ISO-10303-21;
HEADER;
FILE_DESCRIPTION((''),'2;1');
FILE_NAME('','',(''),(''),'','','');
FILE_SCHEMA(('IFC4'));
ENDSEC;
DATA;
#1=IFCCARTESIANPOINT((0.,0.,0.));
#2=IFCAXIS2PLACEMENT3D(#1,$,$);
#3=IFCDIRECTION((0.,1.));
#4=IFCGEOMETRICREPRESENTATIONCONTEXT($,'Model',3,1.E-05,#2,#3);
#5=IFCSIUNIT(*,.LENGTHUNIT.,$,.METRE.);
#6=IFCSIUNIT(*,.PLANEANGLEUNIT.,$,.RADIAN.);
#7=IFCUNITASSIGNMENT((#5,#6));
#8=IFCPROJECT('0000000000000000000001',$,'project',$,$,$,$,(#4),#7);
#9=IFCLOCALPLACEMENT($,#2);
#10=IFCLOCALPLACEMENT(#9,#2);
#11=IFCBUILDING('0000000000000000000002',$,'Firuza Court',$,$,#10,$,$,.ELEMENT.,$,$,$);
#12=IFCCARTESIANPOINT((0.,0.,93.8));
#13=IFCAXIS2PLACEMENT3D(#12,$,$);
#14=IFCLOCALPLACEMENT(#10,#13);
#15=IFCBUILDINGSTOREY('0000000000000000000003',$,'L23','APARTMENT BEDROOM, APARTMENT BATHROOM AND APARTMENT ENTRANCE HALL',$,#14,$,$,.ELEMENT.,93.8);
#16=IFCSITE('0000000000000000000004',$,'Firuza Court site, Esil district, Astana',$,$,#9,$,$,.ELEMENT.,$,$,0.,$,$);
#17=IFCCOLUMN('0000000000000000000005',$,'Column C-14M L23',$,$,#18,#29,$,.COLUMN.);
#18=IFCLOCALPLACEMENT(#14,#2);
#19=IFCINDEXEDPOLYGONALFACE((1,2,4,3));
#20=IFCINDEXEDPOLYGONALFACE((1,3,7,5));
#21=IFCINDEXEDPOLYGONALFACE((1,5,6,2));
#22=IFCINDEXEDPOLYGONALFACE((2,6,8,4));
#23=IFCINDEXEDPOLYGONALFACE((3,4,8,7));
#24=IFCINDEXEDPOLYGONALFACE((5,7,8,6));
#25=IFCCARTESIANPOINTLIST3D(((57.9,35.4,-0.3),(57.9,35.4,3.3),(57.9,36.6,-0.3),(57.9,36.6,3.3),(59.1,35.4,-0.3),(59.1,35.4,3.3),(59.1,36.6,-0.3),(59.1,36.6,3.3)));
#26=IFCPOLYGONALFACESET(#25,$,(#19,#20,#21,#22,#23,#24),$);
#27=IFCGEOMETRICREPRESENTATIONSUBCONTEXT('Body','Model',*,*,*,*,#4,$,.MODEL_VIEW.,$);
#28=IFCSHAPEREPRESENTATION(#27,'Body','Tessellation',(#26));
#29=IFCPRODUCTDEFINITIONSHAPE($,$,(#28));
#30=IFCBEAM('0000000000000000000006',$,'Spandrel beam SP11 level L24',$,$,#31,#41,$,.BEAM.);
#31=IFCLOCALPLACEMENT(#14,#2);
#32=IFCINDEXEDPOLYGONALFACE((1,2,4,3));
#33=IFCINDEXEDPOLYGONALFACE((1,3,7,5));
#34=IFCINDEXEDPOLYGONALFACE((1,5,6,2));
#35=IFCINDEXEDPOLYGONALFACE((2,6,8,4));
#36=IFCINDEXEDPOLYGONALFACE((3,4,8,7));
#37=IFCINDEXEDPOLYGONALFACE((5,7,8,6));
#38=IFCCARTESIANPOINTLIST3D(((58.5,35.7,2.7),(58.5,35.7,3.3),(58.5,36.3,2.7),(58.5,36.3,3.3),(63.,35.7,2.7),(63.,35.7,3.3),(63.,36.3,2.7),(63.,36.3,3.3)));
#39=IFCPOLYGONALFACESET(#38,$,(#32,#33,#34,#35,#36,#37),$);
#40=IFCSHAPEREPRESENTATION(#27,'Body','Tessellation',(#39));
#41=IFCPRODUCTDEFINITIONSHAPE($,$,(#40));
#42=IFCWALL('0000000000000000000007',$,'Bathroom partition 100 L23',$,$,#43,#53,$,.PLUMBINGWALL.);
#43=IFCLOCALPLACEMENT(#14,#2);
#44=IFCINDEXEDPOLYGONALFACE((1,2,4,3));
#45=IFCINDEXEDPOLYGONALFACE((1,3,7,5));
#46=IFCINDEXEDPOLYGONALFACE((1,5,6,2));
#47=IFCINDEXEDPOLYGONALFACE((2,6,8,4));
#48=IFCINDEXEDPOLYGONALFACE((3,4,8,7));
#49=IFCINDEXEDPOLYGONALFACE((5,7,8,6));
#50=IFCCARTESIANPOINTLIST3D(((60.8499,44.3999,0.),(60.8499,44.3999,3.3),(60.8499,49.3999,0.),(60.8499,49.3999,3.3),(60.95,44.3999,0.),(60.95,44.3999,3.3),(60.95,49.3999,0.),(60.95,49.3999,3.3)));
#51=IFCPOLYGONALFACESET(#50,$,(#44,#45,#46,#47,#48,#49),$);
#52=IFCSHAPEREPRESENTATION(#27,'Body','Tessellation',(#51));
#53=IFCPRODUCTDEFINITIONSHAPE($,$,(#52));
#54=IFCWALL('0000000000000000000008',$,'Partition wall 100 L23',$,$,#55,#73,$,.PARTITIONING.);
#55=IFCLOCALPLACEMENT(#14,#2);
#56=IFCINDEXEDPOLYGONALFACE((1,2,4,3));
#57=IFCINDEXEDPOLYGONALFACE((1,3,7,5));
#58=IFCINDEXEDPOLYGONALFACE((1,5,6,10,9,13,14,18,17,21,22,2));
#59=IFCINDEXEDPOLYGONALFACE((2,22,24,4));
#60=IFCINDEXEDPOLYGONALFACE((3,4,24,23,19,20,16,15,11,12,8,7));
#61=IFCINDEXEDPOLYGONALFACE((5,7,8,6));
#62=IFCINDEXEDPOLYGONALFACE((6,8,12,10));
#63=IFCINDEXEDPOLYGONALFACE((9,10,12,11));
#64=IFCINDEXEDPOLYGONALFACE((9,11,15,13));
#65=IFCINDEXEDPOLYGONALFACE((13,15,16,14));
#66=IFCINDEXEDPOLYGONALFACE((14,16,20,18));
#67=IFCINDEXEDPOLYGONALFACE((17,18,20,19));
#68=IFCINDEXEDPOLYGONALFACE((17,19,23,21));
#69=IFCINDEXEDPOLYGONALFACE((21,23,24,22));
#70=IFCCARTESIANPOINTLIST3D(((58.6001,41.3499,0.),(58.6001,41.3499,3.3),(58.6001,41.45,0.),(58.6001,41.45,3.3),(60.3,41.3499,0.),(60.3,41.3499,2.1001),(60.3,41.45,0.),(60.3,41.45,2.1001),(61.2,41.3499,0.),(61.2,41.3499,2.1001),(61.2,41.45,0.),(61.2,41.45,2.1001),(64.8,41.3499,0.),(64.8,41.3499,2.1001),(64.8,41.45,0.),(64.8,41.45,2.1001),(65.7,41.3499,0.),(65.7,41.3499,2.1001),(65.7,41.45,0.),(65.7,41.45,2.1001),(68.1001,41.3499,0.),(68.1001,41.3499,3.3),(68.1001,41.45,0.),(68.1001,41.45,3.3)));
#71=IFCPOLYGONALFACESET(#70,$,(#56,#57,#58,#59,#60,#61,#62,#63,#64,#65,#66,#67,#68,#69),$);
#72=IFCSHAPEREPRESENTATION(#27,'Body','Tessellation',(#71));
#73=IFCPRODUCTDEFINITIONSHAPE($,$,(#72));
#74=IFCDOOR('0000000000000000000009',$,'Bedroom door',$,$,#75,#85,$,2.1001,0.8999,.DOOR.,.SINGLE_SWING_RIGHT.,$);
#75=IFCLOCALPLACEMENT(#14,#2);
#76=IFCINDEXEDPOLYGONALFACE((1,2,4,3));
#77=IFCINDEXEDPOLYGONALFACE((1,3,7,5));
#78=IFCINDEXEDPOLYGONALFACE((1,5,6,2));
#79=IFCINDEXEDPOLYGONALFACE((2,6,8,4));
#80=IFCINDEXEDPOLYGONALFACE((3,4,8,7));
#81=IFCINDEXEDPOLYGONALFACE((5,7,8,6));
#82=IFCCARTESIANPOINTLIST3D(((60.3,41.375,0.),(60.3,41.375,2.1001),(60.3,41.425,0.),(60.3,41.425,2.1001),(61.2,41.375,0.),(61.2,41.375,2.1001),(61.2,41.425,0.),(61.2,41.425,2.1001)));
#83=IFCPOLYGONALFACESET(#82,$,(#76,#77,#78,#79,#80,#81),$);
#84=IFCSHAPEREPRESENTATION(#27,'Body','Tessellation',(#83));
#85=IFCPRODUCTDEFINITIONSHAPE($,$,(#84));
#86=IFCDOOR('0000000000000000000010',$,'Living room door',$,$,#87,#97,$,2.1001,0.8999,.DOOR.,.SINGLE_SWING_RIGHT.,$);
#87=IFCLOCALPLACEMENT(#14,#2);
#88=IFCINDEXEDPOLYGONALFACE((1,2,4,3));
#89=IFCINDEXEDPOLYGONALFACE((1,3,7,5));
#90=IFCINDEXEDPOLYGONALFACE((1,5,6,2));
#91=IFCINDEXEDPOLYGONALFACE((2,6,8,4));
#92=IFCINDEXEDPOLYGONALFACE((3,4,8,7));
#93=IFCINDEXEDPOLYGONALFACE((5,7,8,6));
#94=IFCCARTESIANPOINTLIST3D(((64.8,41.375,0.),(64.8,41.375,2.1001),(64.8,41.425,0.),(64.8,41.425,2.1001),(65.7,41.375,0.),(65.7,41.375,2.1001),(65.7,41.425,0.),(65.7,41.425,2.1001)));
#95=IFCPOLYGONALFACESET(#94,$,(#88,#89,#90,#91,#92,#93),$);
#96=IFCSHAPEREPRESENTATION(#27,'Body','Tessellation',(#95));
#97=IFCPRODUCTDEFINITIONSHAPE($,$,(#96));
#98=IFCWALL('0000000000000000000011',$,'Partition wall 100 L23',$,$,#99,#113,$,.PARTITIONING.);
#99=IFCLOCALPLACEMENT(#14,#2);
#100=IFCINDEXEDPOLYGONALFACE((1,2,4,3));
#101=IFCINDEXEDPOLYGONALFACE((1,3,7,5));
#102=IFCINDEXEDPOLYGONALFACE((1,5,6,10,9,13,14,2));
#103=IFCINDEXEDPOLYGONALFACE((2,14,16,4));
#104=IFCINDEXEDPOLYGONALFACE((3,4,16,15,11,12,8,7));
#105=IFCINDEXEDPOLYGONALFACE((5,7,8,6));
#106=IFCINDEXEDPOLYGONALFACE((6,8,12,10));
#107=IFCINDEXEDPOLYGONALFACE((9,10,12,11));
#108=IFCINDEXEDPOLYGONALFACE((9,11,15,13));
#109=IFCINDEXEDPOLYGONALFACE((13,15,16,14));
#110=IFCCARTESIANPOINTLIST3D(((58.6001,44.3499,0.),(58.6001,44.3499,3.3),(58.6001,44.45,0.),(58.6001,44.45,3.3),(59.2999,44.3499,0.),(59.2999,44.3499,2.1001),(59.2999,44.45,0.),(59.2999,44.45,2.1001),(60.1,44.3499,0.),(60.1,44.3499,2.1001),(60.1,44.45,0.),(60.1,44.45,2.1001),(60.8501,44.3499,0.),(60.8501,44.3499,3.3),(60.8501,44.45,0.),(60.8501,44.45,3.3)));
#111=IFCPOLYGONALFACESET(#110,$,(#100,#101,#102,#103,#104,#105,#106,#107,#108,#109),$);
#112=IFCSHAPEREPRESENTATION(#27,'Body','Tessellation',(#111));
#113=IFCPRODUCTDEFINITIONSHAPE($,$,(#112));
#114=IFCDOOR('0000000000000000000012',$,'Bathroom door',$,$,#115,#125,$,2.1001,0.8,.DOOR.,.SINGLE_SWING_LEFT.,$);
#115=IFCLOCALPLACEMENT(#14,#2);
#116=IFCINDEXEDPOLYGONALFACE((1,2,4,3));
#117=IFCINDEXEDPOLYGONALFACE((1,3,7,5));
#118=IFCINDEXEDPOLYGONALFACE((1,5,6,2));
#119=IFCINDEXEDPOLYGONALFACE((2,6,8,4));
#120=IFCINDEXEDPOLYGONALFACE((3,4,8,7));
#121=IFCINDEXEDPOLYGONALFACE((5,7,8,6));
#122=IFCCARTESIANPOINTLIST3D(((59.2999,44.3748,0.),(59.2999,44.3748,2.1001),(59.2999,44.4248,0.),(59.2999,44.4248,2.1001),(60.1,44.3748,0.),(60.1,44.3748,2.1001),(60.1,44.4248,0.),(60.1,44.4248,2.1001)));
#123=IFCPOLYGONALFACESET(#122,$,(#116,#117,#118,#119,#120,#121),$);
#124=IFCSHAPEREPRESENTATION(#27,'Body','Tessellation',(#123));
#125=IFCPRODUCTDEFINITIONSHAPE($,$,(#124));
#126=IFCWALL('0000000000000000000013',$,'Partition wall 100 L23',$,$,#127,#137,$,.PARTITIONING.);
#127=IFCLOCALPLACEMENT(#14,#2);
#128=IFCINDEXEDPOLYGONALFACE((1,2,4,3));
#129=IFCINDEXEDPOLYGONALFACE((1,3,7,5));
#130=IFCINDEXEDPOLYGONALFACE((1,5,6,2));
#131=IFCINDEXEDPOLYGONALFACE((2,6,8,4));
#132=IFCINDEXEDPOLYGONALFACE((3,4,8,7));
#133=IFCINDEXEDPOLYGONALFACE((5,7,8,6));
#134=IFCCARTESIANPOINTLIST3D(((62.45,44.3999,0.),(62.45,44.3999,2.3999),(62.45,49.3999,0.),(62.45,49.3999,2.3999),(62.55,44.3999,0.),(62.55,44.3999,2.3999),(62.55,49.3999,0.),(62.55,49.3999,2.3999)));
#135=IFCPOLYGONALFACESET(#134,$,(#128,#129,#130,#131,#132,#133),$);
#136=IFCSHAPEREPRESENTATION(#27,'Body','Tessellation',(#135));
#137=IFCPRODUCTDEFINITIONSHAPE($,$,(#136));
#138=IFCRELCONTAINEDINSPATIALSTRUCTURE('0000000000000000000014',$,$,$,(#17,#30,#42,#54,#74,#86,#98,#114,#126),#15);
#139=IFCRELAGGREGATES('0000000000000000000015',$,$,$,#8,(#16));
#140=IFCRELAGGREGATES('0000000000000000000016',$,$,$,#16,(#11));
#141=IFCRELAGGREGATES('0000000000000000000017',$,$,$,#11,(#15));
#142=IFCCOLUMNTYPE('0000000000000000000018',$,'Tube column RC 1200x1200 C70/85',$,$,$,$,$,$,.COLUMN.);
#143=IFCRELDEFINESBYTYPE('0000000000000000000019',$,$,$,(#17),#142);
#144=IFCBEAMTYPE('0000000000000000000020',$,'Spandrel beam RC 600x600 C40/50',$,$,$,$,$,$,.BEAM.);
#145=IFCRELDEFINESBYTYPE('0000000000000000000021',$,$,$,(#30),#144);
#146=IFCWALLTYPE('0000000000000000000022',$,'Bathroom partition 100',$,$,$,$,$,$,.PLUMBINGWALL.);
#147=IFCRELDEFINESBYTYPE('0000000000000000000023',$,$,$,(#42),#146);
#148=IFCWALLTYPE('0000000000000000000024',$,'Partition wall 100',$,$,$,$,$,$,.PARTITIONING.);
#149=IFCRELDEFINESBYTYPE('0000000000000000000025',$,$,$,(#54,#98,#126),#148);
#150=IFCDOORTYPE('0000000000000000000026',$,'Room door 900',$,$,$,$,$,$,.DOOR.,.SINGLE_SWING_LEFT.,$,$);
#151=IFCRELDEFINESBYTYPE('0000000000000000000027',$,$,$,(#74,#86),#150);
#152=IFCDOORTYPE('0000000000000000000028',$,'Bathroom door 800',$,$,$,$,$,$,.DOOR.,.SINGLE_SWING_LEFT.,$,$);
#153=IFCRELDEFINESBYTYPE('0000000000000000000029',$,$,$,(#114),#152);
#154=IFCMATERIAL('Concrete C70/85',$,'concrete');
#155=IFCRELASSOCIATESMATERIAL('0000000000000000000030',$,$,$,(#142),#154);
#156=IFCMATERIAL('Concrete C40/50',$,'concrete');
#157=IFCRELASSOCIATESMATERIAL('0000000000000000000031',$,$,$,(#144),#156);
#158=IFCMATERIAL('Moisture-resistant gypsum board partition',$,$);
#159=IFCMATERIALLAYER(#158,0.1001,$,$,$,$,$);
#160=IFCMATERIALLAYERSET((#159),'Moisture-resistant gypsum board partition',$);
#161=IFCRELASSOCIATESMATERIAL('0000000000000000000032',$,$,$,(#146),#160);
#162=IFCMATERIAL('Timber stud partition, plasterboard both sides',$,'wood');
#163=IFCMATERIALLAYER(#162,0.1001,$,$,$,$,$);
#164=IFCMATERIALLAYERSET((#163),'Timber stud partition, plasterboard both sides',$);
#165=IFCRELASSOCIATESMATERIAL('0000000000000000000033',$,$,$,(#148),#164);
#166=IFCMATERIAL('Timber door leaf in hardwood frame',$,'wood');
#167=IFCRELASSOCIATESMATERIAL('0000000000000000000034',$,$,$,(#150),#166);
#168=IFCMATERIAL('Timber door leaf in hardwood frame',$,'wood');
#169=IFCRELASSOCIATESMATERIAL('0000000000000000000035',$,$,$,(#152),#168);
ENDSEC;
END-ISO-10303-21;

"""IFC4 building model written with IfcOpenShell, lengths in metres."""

from ifc_helpers import new_model, si_unit, direction, frame, frame_2d, origin, origin_2d, place, context, subcontext, project, spatial, rectangle, extrude, material, layer, layer_set, material_profile, profile_set, type_object, element, fill, save


model = new_model("IFC4")

# Units and contexts
model_context = context("Model", 3, precision=1e-05, world=origin(), true_north=direction((0.0, 1.0)))
body_context = subcontext(model_context, "Body", "Model", "MODEL_VIEW")
ifc_project = project(units=[si_unit("LENGTHUNIT", "METRE"), si_unit("PLANEANGLEUNIT", "RADIAN")], contexts=[model_context])

# Site, building, storey
site_placement = place(None, origin())
site = spatial("IfcSite", under=ifc_project, at=site_placement, Name="Firuza Court site, Esil district, Astana", CompositionType="ELEMENT", RefElevation=0.0)
building_placement = place(site_placement, origin())
building = spatial("IfcBuilding", under=site, at=building_placement, Name="Firuza Court", CompositionType="ELEMENT")
storey_placement = place(building_placement, frame((0.0, 0.0, 93.8)))
storey = spatial("IfcBuildingStorey", under=building, at=storey_placement, Name="L23", Description="APARTMENT BEDROOM, APARTMENT BATHROOM AND APARTMENT ENTRANCE HALL", CompositionType="ELEMENT", Elevation=93.8)

# Column
ifc_material_1 = material(Name="Concrete C70/85", Category="concrete")
ifc_material_profile_1 = material_profile(ifc_material_1, rectangle(XDim=1.2, YDim=1.2, at=origin_2d()), Name="RC 1200x1200")
ifc_profile_set_1 = profile_set([ifc_material_profile_1], Name="Concrete C70/85")
column_type = type_object("IfcColumnType", Name="Tube column RC 1200x1200 C70/85", PredefinedType="COLUMN", material=ifc_profile_set_1)
column_placement = place(storey_placement, frame((58.5, 36.0, -0.3), z_axis=(0.0, 0.0, 1.0), x_axis=(1.0, 0.0, 0.0)))
element("IfcColumn", 1, at=column_placement, inside=storey, type_object=column_type, Name="Column C-14M L23", PredefinedType="COLUMN", context=body_context, shape_type="SweptSolid", body=[
    extrude(rectangle(XDim=1.2, YDim=1.2, at=origin_2d()), origin(), (0.0, 0.0, 1.0), 3.6001),
])

# Beam
ifc_material_2 = material(Name="Concrete C40/50", Category="concrete")
ifc_material_profile_2 = material_profile(ifc_material_2, rectangle(XDim=0.6001, YDim=0.6001, at=origin_2d()), Name="RC 600x600")
ifc_profile_set_2 = profile_set([ifc_material_profile_2], Name="Concrete C40/50")
beam_type = type_object("IfcBeamType", Name="Spandrel beam RC 600x600 C40/50", PredefinedType="BEAM", material=ifc_profile_set_2)
beam_placement = place(storey_placement, frame((58.5, 36.0, 3.0), z_axis=(1.0, 0.0, 0.0), x_axis=(0.0, 1.0, 0.0)))
element("IfcBeam", 2, at=beam_placement, inside=storey, type_object=beam_type, Name="Spandrel beam SP11 level L24", PredefinedType="BEAM", context=body_context, shape_type="SweptSolid", body=[
    extrude(rectangle(XDim=0.6001, YDim=0.6001, at=origin_2d()), origin(), (0.0, 0.0, 1.0), 4.5),
])

# Wall
ifc_material_3 = material(Name="Moisture-resistant gypsum board partition")
ifc_layer_1 = layer(ifc_material_3, 0.1001)
ifc_layer_set_1 = layer_set([ifc_layer_1], Name="Moisture-resistant gypsum board partition")
wall_type_1 = type_object("IfcWallType", Name="Bathroom partition 100", PredefinedType="PLUMBINGWALL", material=ifc_layer_set_1)
wall_1_placement = place(storey_placement, frame((60.8999, 44.3999, 0.0), z_axis=(0.0, 0.0, 1.0), x_axis=(0.0, 1.0, 0.0)))
element("IfcWall", 3, at=wall_1_placement, inside=storey, type_object=wall_type_1, Name="Bathroom partition 100 L23", PredefinedType="PLUMBINGWALL", context=body_context, shape_type="SweptSolid", body=[
    extrude(rectangle(XDim=5.0, YDim=0.1001, at=frame_2d((2.5, 0.0))), origin(), (0.0, 0.0, 1.0), 3.3),
])

# Wall, openings, doors
ifc_material_4 = material(Name="Timber stud partition, plasterboard both sides", Category="wood")
ifc_layer_2 = layer(ifc_material_4, 0.1001)
ifc_layer_set_2 = layer_set([ifc_layer_2], Name="Timber stud partition, plasterboard both sides")
wall_type_2 = type_object("IfcWallType", Name="Partition wall 100", PredefinedType="PARTITIONING", material=ifc_layer_set_2)
wall_2_placement = place(storey_placement, frame((58.6001, 41.3999, 0.0), z_axis=(0.0, 0.0, 1.0), x_axis=(1.0, 0.0, 0.0)))
wall_2 = element("IfcWall", 4, at=wall_2_placement, inside=storey, type_object=wall_type_2, Name="Partition wall 100 L23", PredefinedType="PARTITIONING", context=body_context, shape_type="SweptSolid", body=[
    extrude(rectangle(XDim=9.5, YDim=0.1001, at=frame_2d((4.75, 0.0))), origin(), (0.0, 0.0, 1.0), 3.3),
])
opening_1_placement = place(wall_2_placement, frame((1.7, 0.0, 0.0)))
opening_1 = element("IfcOpeningElement", 5, at=opening_1_placement, cuts=wall_2, PredefinedType="OPENING", context=body_context, shape_type="SweptSolid", body=[
    extrude(rectangle(XDim=0.8999, YDim=2.1001, at=frame_2d((0.45, 1.05))), frame((0.0, 0.062, 0.0), z_axis=(0.0, -1.0, 0.0), x_axis=(1.0, 0.0, 0.0)), (0.0, 0.0, 1.0), 0.124),
])
opening_2_placement = place(wall_2_placement, frame((6.2, 0.0, 0.0)))
opening_2 = element("IfcOpeningElement", 6, at=opening_2_placement, cuts=wall_2, PredefinedType="OPENING", context=body_context, shape_type="SweptSolid", body=[
    extrude(rectangle(XDim=0.8999, YDim=2.1001, at=frame_2d((0.45, 1.05))), frame((0.0, 0.062, 0.0), z_axis=(0.0, -1.0, 0.0), x_axis=(1.0, 0.0, 0.0)), (0.0, 0.0, 1.0), 0.124),
])
ifc_material_5 = material(Name="Timber door leaf in hardwood frame", Category="wood")
door_type_1 = type_object("IfcDoorType", Name="Room door 900", OperationType="SINGLE_SWING_LEFT", PredefinedType="DOOR", material=ifc_material_5)
door_1_placement = place(opening_1_placement, frame((0.8999, 0.0, 0.0), z_axis=(0.0, 0.0, 1.0), x_axis=(-1.0, 0.0, 0.0)))
door_1 = element("IfcDoor", 7, at=door_1_placement, inside=storey, type_object=door_type_1, Name="Bedroom door", OperationType="SINGLE_SWING_RIGHT", OverallHeight=2.1001, OverallWidth=0.8999, PredefinedType="DOOR", context=body_context, shape_type="SweptSolid", body=[
    extrude(rectangle(XDim=0.8999, YDim=2.1001, at=frame_2d((0.45, 1.05))), frame((0.0, 0.0249, 0.0), z_axis=(0.0, -1.0, 0.0), x_axis=(1.0, 0.0, 0.0)), (0.0, 0.0, 1.0), 0.05),
])
fill(opening_1, door_1)
door_2_placement = place(opening_2_placement, frame((0.8999, 0.0, 0.0), z_axis=(0.0, 0.0, 1.0), x_axis=(-1.0, 0.0, 0.0)))
door_2 = element("IfcDoor", 8, at=door_2_placement, inside=storey, type_object=door_type_1, Name="Living room door", OperationType="SINGLE_SWING_RIGHT", OverallHeight=2.1001, OverallWidth=0.8999, PredefinedType="DOOR", context=body_context, shape_type="SweptSolid", body=[
    extrude(rectangle(XDim=0.8999, YDim=2.1001, at=frame_2d((0.45, 1.05))), frame((0.0, 0.0249, 0.0), z_axis=(0.0, -1.0, 0.0), x_axis=(1.0, 0.0, 0.0)), (0.0, 0.0, 1.0), 0.05),
])
fill(opening_2, door_2)

# Wall, opening, door
wall_3_placement = place(storey_placement, frame((58.6001, 44.3999, 0.0), z_axis=(0.0, 0.0, 1.0), x_axis=(1.0, 0.0, 0.0)))
wall_3 = element("IfcWall", 9, at=wall_3_placement, inside=storey, type_object=wall_type_2, Name="Partition wall 100 L23", PredefinedType="PARTITIONING", context=body_context, shape_type="SweptSolid", body=[
    extrude(rectangle(XDim=2.25, YDim=0.1001, at=frame_2d((1.125, 0.0))), origin(), (0.0, 0.0, 1.0), 3.3),
])
opening_3_placement = place(wall_3_placement, frame((0.7, 0.0, 0.0)))
opening_3 = element("IfcOpeningElement", 10, at=opening_3_placement, cuts=wall_3, PredefinedType="OPENING", context=body_context, shape_type="SweptSolid", body=[
    extrude(rectangle(XDim=0.8, YDim=2.1001, at=frame_2d((0.3999, 1.05))), frame((0.0, 0.062, 0.0), z_axis=(0.0, -1.0, 0.0), x_axis=(1.0, 0.0, 0.0)), (0.0, 0.0, 1.0), 0.124),
])
ifc_material_6 = material(Name="Timber door leaf in hardwood frame", Category="wood")
door_type_2 = type_object("IfcDoorType", Name="Bathroom door 800", OperationType="SINGLE_SWING_LEFT", PredefinedType="DOOR", material=ifc_material_6)
door_3_placement = place(opening_3_placement, origin())
door_3 = element("IfcDoor", 11, at=door_3_placement, inside=storey, type_object=door_type_2, Name="Bathroom door", OperationType="SINGLE_SWING_LEFT", OverallHeight=2.1001, OverallWidth=0.8, PredefinedType="DOOR", context=body_context, shape_type="SweptSolid", body=[
    extrude(rectangle(XDim=0.8, YDim=2.1001, at=frame_2d((0.3999, 1.05))), frame((0.0, 0.0249, 0.0), z_axis=(0.0, -1.0, 0.0), x_axis=(1.0, 0.0, 0.0)), (0.0, 0.0, 1.0), 0.05),
])
fill(opening_3, door_3)

# Wall
wall_4_placement = place(storey_placement, frame((62.5, 44.3999, 0.0), z_axis=(0.0, 0.0, 1.0), x_axis=(0.0, 1.0, 0.0)))
element("IfcWall", 12, at=wall_4_placement, inside=storey, type_object=wall_type_2, Name="Partition wall 100 L23", PredefinedType="PARTITIONING", context=body_context, shape_type="SweptSolid", body=[
    extrude(rectangle(XDim=5.0, YDim=0.1001, at=frame_2d((2.5, 0.0))), origin(), (0.0, 0.0, 1.0), 2.3999),
])

save(model, "model.ifc")
